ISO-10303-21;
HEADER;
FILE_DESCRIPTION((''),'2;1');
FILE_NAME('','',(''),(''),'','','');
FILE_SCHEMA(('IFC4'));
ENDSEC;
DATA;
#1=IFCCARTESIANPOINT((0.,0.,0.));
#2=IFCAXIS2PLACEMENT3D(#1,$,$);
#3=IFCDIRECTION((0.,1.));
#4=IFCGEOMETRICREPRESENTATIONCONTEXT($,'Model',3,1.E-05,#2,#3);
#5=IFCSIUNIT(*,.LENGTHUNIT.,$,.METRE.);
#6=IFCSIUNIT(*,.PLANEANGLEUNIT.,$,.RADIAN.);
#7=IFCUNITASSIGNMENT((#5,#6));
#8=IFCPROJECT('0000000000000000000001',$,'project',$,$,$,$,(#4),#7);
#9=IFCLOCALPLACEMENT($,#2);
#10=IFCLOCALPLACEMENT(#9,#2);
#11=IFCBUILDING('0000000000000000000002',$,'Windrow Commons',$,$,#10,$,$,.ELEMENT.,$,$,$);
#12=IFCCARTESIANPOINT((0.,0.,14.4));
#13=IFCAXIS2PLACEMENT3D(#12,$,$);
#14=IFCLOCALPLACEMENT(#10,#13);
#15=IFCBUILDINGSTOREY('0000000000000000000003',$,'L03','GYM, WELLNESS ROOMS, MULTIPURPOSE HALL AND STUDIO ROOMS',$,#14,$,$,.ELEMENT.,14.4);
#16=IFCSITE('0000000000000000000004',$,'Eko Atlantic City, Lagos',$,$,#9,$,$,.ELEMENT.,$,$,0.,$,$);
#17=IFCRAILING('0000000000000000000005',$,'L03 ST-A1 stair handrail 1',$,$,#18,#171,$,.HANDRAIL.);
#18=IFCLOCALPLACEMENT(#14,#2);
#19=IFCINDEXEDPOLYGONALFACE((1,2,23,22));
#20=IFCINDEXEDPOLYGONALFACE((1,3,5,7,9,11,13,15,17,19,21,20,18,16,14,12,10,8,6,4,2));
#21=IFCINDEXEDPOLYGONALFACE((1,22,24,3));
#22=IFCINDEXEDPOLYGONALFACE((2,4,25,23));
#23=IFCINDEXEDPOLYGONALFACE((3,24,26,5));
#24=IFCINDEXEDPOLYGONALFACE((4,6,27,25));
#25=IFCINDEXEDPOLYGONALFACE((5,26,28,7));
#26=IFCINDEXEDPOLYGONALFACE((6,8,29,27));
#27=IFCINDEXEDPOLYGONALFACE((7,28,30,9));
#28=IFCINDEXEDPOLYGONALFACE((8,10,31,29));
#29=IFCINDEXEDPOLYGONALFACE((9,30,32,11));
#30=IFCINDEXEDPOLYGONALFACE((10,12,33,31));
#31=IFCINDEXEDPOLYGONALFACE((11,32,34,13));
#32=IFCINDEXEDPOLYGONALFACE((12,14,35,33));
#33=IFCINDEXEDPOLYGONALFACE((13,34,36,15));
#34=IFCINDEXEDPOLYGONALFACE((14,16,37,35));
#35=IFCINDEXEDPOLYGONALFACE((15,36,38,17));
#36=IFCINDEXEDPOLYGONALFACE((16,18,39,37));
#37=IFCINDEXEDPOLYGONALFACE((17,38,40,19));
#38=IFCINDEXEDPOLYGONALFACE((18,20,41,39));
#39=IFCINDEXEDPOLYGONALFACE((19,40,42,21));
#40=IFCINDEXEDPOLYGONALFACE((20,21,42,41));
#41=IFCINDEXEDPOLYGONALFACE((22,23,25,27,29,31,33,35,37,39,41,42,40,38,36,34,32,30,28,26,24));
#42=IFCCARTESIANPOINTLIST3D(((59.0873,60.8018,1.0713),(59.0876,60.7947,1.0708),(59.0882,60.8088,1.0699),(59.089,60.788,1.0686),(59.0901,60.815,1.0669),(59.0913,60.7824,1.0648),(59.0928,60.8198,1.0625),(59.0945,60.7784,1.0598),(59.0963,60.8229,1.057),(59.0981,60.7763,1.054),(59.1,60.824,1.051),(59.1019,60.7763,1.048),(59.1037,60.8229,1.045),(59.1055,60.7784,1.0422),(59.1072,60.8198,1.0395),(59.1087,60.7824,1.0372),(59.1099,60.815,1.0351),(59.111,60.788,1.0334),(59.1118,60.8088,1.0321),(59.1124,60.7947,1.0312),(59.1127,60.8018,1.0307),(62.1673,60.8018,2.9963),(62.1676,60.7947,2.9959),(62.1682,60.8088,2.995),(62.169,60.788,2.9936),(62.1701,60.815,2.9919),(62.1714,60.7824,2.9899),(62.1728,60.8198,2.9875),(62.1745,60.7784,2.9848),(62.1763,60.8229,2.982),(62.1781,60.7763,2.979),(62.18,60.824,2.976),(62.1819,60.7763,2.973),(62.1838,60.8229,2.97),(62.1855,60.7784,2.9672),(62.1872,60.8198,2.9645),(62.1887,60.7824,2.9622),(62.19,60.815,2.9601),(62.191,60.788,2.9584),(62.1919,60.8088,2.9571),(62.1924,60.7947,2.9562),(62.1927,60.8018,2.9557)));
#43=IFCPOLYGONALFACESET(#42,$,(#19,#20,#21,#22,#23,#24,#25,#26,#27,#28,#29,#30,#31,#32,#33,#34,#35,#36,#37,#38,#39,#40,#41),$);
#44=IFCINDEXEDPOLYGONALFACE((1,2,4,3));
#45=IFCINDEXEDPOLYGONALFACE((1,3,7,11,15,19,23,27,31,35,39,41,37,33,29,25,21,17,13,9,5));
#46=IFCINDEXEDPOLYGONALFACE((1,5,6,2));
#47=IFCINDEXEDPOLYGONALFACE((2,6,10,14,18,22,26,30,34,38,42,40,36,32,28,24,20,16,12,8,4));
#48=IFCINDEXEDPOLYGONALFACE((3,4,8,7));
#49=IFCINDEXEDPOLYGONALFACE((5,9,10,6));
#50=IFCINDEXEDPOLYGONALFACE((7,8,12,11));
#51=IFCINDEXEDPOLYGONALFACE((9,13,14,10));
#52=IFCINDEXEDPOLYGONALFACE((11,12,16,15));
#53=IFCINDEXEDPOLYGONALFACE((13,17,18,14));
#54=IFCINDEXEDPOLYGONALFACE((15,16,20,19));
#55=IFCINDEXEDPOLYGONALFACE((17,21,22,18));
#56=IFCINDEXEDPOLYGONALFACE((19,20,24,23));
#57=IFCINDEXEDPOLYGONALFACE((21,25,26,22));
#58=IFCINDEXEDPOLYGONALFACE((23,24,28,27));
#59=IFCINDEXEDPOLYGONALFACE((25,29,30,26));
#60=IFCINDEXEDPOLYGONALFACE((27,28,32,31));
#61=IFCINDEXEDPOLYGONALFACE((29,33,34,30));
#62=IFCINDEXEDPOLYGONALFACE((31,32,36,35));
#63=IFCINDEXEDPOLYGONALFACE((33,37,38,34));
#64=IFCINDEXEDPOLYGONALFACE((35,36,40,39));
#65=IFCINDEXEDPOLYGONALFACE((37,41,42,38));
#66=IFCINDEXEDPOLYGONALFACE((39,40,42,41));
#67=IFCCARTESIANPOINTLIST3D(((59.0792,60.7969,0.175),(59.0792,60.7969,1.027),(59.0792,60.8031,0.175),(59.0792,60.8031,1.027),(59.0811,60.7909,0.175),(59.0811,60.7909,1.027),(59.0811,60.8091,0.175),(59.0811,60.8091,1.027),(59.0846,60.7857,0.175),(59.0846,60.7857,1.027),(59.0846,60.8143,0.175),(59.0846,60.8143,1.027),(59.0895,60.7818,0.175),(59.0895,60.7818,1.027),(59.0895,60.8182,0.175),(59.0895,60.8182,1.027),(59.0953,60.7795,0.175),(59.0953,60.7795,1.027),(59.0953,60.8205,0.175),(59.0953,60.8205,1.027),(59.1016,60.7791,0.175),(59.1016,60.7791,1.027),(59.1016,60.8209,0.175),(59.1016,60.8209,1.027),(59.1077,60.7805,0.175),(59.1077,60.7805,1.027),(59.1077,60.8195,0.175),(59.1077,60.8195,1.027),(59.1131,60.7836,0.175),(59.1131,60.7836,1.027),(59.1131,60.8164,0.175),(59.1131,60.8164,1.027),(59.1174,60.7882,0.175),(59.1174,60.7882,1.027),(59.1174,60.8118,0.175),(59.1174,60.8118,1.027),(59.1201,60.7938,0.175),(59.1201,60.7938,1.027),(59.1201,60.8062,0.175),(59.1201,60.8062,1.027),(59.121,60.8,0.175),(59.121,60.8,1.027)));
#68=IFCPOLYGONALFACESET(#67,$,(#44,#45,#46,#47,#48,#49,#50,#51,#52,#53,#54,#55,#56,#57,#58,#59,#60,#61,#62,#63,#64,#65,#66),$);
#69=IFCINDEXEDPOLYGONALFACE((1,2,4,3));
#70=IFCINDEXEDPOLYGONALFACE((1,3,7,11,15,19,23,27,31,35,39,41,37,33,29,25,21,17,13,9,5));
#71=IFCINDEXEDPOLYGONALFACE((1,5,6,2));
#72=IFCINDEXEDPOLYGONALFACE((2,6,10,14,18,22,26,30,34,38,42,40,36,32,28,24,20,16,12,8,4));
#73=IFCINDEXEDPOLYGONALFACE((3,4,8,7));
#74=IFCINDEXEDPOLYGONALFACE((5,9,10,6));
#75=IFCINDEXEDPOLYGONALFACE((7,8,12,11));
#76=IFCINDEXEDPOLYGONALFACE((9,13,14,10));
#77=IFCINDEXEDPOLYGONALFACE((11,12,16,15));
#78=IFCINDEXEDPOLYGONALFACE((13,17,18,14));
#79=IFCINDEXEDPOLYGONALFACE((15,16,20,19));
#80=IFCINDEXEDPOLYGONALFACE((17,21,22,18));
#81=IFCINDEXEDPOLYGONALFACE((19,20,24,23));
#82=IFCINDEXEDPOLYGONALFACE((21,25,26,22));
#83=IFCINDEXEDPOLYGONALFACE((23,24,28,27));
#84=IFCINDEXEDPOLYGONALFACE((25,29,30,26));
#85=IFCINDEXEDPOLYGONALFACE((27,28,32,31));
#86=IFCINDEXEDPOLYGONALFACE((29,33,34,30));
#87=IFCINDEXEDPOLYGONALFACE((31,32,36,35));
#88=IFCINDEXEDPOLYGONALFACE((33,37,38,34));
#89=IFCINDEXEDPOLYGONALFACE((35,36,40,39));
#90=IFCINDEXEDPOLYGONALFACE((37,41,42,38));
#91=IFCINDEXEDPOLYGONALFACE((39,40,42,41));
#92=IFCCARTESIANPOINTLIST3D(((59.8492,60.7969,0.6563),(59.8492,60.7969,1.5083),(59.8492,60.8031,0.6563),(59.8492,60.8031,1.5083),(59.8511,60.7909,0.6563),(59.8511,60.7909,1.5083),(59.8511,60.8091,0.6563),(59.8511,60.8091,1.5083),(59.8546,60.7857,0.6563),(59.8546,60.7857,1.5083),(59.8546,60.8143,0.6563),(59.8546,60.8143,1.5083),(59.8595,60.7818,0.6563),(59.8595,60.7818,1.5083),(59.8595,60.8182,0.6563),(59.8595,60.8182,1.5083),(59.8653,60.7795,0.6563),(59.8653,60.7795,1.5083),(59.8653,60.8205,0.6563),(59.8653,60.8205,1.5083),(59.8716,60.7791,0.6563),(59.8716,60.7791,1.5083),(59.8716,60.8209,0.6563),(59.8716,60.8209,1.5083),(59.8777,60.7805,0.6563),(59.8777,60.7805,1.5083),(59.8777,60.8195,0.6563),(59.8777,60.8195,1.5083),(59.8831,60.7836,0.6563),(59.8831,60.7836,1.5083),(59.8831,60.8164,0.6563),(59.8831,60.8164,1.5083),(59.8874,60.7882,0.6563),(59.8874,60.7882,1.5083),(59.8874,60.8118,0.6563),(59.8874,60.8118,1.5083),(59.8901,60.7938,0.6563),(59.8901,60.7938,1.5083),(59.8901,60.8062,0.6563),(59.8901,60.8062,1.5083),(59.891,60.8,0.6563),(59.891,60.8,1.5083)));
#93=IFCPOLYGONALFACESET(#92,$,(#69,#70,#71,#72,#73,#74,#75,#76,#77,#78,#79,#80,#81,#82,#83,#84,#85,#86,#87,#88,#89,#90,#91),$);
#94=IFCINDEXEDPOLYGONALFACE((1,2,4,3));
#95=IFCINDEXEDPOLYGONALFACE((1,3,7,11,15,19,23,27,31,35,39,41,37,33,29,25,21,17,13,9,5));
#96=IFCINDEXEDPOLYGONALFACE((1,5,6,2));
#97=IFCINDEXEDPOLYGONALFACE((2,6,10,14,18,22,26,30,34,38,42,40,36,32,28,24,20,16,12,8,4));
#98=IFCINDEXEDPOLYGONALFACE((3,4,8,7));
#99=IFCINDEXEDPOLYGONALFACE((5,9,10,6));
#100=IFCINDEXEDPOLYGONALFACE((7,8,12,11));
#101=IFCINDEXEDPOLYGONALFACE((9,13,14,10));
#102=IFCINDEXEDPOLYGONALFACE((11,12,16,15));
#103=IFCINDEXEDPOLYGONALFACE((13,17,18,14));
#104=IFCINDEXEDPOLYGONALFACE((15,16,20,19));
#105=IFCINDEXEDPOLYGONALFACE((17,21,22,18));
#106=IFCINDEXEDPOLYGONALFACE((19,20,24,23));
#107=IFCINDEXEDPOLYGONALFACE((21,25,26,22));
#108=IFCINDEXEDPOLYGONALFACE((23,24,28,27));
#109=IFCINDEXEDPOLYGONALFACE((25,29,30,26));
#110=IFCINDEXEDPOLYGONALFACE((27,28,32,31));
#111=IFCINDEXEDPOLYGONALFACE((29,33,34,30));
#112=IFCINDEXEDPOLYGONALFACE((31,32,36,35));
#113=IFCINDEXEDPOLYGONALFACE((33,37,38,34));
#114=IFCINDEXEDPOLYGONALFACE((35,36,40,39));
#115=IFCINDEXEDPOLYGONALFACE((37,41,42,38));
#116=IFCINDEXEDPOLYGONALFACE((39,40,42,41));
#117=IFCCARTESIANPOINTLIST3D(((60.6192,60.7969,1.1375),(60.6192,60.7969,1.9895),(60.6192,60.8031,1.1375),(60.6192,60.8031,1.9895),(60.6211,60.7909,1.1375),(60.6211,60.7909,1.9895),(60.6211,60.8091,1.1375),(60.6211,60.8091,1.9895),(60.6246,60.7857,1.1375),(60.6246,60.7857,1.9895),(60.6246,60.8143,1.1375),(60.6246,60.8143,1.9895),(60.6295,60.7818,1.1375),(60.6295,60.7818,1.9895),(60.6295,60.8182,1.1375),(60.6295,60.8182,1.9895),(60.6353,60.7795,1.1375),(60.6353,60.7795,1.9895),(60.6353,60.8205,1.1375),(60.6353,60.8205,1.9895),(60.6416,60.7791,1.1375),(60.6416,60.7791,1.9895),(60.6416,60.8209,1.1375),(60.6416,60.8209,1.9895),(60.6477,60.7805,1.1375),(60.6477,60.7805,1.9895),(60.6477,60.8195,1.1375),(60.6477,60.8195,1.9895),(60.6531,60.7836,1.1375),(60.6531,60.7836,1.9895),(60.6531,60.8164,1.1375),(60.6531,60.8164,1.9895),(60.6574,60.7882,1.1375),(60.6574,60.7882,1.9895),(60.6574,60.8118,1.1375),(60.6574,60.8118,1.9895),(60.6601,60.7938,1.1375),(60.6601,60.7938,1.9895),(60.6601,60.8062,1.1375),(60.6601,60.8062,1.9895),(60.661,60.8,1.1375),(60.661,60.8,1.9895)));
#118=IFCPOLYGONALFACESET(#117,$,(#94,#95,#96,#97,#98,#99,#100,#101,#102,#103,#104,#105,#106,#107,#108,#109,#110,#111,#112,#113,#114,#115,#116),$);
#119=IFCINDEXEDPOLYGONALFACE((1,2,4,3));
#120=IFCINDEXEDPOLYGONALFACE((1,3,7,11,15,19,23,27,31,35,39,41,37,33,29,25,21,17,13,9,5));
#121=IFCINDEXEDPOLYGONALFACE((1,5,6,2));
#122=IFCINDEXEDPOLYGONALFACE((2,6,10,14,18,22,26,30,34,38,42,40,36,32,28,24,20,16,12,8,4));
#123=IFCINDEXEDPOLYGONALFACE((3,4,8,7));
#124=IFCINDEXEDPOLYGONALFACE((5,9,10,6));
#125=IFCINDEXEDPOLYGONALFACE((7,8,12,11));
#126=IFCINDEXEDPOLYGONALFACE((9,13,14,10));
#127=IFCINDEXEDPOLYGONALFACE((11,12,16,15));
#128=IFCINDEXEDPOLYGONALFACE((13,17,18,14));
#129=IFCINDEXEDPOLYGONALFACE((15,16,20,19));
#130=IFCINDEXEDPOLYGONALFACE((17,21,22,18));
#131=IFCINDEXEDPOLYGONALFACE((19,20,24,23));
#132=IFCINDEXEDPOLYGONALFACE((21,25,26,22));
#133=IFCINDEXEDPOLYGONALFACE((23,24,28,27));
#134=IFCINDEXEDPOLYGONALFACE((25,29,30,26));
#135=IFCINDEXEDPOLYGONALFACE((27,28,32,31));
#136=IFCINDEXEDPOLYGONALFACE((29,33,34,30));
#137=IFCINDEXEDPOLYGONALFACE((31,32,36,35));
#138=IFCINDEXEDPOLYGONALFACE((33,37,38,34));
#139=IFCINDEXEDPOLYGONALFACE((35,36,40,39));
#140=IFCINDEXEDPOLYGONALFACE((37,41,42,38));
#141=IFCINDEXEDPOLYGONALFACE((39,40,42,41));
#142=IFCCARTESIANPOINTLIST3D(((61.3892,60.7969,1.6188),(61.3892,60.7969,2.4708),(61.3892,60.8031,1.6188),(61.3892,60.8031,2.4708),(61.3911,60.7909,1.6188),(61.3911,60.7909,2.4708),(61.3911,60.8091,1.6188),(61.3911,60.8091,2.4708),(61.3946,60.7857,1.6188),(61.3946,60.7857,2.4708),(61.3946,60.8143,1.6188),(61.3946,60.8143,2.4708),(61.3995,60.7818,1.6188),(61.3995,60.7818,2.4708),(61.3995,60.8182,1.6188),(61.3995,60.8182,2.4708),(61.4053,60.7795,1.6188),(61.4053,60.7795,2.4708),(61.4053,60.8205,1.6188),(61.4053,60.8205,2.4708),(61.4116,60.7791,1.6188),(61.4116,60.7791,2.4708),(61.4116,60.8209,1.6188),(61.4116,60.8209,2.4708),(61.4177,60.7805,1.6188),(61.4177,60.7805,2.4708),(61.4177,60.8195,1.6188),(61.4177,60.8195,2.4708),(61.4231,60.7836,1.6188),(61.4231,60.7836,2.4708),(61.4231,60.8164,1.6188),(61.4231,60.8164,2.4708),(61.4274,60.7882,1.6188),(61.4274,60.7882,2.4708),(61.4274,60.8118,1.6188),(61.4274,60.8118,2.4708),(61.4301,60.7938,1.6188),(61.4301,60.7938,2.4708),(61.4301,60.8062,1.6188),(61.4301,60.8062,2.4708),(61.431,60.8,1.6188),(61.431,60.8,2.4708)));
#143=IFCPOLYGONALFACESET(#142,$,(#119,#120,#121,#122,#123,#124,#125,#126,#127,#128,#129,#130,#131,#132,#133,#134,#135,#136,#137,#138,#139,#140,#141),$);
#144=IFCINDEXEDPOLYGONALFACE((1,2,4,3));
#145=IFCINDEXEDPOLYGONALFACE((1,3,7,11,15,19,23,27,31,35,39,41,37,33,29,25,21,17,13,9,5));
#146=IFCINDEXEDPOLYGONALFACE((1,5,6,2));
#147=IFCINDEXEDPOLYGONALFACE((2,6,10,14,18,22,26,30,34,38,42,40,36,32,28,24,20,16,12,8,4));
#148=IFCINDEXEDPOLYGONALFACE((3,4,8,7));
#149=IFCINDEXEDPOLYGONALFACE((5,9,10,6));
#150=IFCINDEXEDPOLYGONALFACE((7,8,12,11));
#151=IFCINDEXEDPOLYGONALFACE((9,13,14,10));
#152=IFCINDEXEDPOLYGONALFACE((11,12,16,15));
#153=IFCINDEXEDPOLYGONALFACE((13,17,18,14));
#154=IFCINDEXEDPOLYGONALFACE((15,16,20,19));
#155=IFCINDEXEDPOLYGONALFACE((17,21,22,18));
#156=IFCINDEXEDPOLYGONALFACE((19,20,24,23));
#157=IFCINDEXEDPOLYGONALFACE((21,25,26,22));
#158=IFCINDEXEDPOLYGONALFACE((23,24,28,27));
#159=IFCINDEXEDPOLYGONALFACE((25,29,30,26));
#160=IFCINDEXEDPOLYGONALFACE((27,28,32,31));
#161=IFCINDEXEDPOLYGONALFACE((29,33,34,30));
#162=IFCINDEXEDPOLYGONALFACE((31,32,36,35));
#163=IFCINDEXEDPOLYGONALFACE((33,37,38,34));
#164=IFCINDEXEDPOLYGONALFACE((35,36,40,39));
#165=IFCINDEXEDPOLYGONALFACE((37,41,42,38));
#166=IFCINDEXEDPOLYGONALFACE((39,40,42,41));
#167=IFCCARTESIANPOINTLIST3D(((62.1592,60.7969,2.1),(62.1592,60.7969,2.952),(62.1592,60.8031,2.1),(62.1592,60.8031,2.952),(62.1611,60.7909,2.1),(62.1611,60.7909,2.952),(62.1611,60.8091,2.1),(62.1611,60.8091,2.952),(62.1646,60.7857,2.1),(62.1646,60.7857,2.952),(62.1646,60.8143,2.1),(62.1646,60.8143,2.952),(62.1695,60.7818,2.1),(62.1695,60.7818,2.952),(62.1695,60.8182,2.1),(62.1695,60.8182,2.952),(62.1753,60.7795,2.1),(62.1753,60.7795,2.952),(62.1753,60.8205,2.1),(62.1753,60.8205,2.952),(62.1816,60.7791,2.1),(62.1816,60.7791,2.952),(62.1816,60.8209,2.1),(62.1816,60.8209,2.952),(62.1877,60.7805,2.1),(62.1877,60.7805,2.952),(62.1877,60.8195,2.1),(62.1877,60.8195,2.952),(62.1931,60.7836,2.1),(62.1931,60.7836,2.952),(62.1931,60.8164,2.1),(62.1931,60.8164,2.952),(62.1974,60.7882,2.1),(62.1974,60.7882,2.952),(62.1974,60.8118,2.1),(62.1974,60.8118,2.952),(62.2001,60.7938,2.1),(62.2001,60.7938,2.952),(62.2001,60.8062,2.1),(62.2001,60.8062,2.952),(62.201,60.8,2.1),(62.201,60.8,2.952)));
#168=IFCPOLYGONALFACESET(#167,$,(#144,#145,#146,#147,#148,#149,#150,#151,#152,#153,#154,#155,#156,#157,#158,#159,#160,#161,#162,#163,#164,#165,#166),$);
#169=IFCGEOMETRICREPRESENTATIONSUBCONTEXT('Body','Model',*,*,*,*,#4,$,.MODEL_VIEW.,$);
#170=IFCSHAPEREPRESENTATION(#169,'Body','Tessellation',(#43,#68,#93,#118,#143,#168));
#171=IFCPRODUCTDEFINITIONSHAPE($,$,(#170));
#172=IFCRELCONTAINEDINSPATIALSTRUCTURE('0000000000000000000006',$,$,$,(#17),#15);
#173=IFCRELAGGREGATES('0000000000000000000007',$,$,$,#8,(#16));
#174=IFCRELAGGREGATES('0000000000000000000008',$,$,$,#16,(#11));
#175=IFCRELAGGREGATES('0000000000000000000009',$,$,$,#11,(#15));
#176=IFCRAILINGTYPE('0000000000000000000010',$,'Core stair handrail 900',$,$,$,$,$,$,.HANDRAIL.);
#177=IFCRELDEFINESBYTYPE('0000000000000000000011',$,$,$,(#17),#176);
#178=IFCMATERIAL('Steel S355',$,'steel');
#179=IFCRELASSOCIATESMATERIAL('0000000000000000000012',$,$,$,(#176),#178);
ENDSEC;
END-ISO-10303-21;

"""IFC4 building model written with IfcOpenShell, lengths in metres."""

from ifc_helpers import new_model, si_unit, direction, frame, origin, origin_2d, place, context, subcontext, project, spatial, circle, extrude, material, type_object, element, save


model = new_model("IFC4")

# Units and contexts
model_context = context("Model", 3, precision=1e-05, world=origin(), true_north=direction((0.0, 1.0)))
body_context = subcontext(model_context, "Body", "Model", "MODEL_VIEW")
ifc_project = project(units=[si_unit("LENGTHUNIT", "METRE"), si_unit("PLANEANGLEUNIT", "RADIAN")], contexts=[model_context])

# Site, building, storey
site_placement = place(None, origin())
site = spatial("IfcSite", under=ifc_project, at=site_placement, Name="Eko Atlantic City, Lagos", CompositionType="ELEMENT", RefElevation=0.0)
building_placement = place(site_placement, origin())
building = spatial("IfcBuilding", under=site, at=building_placement, Name="Windrow Commons", CompositionType="ELEMENT")
storey_placement = place(building_placement, frame((0.0, 0.0, 14.4)))
storey = spatial("IfcBuildingStorey", under=building, at=storey_placement, Name="L03", Description="GYM, WELLNESS ROOMS, MULTIPURPOSE HALL AND STUDIO ROOMS", CompositionType="ELEMENT", Elevation=14.4)

# Railing
ifc_material_1 = material(Name="Steel S355", Category="steel")
railing_type_1 = type_object("IfcRailingType", Name="Core stair handrail 900", PredefinedType="HANDRAIL", material=ifc_material_1)
railing_1_placement = place(storey_placement, frame((59.1, 60.8, 0.175)))
element("IfcRailing", 1, at=railing_1_placement, inside=storey, type_object=railing_type_1, Name="L03 ST-A1 stair handrail 1", PredefinedType="HANDRAIL", context=body_context, shape_type="SweptSolid", body=[
    extrude(circle(Radius=0.024, at=origin_2d()), frame((0.0, 0.0, 0.876), z_axis=(0.847998, 0.0, 0.529999), x_axis=(0.0, 1.0, 0.0)), (0.0, 0.0, 1.0), 3.6321),
    extrude(circle(Radius=0.021, at=origin_2d()), origin(), (0.0, 0.0, 1.0), 0.852),
    extrude(circle(Radius=0.021, at=origin_2d()), frame((0.77, 0.0, 0.4813)), (0.0, 0.0, 1.0), 0.852),
    extrude(circle(Radius=0.021, at=origin_2d()), frame((1.54, 0.0, 0.9625)), (0.0, 0.0, 1.0), 0.852),
    extrude(circle(Radius=0.021, at=origin_2d()), frame((2.31, 0.0, 1.4438)), (0.0, 0.0, 1.0), 0.852),
    extrude(circle(Radius=0.021, at=origin_2d()), frame((3.08, 0.0, 1.925)), (0.0, 0.0, 1.0), 0.852),
])

save(model, "model.ifc")
